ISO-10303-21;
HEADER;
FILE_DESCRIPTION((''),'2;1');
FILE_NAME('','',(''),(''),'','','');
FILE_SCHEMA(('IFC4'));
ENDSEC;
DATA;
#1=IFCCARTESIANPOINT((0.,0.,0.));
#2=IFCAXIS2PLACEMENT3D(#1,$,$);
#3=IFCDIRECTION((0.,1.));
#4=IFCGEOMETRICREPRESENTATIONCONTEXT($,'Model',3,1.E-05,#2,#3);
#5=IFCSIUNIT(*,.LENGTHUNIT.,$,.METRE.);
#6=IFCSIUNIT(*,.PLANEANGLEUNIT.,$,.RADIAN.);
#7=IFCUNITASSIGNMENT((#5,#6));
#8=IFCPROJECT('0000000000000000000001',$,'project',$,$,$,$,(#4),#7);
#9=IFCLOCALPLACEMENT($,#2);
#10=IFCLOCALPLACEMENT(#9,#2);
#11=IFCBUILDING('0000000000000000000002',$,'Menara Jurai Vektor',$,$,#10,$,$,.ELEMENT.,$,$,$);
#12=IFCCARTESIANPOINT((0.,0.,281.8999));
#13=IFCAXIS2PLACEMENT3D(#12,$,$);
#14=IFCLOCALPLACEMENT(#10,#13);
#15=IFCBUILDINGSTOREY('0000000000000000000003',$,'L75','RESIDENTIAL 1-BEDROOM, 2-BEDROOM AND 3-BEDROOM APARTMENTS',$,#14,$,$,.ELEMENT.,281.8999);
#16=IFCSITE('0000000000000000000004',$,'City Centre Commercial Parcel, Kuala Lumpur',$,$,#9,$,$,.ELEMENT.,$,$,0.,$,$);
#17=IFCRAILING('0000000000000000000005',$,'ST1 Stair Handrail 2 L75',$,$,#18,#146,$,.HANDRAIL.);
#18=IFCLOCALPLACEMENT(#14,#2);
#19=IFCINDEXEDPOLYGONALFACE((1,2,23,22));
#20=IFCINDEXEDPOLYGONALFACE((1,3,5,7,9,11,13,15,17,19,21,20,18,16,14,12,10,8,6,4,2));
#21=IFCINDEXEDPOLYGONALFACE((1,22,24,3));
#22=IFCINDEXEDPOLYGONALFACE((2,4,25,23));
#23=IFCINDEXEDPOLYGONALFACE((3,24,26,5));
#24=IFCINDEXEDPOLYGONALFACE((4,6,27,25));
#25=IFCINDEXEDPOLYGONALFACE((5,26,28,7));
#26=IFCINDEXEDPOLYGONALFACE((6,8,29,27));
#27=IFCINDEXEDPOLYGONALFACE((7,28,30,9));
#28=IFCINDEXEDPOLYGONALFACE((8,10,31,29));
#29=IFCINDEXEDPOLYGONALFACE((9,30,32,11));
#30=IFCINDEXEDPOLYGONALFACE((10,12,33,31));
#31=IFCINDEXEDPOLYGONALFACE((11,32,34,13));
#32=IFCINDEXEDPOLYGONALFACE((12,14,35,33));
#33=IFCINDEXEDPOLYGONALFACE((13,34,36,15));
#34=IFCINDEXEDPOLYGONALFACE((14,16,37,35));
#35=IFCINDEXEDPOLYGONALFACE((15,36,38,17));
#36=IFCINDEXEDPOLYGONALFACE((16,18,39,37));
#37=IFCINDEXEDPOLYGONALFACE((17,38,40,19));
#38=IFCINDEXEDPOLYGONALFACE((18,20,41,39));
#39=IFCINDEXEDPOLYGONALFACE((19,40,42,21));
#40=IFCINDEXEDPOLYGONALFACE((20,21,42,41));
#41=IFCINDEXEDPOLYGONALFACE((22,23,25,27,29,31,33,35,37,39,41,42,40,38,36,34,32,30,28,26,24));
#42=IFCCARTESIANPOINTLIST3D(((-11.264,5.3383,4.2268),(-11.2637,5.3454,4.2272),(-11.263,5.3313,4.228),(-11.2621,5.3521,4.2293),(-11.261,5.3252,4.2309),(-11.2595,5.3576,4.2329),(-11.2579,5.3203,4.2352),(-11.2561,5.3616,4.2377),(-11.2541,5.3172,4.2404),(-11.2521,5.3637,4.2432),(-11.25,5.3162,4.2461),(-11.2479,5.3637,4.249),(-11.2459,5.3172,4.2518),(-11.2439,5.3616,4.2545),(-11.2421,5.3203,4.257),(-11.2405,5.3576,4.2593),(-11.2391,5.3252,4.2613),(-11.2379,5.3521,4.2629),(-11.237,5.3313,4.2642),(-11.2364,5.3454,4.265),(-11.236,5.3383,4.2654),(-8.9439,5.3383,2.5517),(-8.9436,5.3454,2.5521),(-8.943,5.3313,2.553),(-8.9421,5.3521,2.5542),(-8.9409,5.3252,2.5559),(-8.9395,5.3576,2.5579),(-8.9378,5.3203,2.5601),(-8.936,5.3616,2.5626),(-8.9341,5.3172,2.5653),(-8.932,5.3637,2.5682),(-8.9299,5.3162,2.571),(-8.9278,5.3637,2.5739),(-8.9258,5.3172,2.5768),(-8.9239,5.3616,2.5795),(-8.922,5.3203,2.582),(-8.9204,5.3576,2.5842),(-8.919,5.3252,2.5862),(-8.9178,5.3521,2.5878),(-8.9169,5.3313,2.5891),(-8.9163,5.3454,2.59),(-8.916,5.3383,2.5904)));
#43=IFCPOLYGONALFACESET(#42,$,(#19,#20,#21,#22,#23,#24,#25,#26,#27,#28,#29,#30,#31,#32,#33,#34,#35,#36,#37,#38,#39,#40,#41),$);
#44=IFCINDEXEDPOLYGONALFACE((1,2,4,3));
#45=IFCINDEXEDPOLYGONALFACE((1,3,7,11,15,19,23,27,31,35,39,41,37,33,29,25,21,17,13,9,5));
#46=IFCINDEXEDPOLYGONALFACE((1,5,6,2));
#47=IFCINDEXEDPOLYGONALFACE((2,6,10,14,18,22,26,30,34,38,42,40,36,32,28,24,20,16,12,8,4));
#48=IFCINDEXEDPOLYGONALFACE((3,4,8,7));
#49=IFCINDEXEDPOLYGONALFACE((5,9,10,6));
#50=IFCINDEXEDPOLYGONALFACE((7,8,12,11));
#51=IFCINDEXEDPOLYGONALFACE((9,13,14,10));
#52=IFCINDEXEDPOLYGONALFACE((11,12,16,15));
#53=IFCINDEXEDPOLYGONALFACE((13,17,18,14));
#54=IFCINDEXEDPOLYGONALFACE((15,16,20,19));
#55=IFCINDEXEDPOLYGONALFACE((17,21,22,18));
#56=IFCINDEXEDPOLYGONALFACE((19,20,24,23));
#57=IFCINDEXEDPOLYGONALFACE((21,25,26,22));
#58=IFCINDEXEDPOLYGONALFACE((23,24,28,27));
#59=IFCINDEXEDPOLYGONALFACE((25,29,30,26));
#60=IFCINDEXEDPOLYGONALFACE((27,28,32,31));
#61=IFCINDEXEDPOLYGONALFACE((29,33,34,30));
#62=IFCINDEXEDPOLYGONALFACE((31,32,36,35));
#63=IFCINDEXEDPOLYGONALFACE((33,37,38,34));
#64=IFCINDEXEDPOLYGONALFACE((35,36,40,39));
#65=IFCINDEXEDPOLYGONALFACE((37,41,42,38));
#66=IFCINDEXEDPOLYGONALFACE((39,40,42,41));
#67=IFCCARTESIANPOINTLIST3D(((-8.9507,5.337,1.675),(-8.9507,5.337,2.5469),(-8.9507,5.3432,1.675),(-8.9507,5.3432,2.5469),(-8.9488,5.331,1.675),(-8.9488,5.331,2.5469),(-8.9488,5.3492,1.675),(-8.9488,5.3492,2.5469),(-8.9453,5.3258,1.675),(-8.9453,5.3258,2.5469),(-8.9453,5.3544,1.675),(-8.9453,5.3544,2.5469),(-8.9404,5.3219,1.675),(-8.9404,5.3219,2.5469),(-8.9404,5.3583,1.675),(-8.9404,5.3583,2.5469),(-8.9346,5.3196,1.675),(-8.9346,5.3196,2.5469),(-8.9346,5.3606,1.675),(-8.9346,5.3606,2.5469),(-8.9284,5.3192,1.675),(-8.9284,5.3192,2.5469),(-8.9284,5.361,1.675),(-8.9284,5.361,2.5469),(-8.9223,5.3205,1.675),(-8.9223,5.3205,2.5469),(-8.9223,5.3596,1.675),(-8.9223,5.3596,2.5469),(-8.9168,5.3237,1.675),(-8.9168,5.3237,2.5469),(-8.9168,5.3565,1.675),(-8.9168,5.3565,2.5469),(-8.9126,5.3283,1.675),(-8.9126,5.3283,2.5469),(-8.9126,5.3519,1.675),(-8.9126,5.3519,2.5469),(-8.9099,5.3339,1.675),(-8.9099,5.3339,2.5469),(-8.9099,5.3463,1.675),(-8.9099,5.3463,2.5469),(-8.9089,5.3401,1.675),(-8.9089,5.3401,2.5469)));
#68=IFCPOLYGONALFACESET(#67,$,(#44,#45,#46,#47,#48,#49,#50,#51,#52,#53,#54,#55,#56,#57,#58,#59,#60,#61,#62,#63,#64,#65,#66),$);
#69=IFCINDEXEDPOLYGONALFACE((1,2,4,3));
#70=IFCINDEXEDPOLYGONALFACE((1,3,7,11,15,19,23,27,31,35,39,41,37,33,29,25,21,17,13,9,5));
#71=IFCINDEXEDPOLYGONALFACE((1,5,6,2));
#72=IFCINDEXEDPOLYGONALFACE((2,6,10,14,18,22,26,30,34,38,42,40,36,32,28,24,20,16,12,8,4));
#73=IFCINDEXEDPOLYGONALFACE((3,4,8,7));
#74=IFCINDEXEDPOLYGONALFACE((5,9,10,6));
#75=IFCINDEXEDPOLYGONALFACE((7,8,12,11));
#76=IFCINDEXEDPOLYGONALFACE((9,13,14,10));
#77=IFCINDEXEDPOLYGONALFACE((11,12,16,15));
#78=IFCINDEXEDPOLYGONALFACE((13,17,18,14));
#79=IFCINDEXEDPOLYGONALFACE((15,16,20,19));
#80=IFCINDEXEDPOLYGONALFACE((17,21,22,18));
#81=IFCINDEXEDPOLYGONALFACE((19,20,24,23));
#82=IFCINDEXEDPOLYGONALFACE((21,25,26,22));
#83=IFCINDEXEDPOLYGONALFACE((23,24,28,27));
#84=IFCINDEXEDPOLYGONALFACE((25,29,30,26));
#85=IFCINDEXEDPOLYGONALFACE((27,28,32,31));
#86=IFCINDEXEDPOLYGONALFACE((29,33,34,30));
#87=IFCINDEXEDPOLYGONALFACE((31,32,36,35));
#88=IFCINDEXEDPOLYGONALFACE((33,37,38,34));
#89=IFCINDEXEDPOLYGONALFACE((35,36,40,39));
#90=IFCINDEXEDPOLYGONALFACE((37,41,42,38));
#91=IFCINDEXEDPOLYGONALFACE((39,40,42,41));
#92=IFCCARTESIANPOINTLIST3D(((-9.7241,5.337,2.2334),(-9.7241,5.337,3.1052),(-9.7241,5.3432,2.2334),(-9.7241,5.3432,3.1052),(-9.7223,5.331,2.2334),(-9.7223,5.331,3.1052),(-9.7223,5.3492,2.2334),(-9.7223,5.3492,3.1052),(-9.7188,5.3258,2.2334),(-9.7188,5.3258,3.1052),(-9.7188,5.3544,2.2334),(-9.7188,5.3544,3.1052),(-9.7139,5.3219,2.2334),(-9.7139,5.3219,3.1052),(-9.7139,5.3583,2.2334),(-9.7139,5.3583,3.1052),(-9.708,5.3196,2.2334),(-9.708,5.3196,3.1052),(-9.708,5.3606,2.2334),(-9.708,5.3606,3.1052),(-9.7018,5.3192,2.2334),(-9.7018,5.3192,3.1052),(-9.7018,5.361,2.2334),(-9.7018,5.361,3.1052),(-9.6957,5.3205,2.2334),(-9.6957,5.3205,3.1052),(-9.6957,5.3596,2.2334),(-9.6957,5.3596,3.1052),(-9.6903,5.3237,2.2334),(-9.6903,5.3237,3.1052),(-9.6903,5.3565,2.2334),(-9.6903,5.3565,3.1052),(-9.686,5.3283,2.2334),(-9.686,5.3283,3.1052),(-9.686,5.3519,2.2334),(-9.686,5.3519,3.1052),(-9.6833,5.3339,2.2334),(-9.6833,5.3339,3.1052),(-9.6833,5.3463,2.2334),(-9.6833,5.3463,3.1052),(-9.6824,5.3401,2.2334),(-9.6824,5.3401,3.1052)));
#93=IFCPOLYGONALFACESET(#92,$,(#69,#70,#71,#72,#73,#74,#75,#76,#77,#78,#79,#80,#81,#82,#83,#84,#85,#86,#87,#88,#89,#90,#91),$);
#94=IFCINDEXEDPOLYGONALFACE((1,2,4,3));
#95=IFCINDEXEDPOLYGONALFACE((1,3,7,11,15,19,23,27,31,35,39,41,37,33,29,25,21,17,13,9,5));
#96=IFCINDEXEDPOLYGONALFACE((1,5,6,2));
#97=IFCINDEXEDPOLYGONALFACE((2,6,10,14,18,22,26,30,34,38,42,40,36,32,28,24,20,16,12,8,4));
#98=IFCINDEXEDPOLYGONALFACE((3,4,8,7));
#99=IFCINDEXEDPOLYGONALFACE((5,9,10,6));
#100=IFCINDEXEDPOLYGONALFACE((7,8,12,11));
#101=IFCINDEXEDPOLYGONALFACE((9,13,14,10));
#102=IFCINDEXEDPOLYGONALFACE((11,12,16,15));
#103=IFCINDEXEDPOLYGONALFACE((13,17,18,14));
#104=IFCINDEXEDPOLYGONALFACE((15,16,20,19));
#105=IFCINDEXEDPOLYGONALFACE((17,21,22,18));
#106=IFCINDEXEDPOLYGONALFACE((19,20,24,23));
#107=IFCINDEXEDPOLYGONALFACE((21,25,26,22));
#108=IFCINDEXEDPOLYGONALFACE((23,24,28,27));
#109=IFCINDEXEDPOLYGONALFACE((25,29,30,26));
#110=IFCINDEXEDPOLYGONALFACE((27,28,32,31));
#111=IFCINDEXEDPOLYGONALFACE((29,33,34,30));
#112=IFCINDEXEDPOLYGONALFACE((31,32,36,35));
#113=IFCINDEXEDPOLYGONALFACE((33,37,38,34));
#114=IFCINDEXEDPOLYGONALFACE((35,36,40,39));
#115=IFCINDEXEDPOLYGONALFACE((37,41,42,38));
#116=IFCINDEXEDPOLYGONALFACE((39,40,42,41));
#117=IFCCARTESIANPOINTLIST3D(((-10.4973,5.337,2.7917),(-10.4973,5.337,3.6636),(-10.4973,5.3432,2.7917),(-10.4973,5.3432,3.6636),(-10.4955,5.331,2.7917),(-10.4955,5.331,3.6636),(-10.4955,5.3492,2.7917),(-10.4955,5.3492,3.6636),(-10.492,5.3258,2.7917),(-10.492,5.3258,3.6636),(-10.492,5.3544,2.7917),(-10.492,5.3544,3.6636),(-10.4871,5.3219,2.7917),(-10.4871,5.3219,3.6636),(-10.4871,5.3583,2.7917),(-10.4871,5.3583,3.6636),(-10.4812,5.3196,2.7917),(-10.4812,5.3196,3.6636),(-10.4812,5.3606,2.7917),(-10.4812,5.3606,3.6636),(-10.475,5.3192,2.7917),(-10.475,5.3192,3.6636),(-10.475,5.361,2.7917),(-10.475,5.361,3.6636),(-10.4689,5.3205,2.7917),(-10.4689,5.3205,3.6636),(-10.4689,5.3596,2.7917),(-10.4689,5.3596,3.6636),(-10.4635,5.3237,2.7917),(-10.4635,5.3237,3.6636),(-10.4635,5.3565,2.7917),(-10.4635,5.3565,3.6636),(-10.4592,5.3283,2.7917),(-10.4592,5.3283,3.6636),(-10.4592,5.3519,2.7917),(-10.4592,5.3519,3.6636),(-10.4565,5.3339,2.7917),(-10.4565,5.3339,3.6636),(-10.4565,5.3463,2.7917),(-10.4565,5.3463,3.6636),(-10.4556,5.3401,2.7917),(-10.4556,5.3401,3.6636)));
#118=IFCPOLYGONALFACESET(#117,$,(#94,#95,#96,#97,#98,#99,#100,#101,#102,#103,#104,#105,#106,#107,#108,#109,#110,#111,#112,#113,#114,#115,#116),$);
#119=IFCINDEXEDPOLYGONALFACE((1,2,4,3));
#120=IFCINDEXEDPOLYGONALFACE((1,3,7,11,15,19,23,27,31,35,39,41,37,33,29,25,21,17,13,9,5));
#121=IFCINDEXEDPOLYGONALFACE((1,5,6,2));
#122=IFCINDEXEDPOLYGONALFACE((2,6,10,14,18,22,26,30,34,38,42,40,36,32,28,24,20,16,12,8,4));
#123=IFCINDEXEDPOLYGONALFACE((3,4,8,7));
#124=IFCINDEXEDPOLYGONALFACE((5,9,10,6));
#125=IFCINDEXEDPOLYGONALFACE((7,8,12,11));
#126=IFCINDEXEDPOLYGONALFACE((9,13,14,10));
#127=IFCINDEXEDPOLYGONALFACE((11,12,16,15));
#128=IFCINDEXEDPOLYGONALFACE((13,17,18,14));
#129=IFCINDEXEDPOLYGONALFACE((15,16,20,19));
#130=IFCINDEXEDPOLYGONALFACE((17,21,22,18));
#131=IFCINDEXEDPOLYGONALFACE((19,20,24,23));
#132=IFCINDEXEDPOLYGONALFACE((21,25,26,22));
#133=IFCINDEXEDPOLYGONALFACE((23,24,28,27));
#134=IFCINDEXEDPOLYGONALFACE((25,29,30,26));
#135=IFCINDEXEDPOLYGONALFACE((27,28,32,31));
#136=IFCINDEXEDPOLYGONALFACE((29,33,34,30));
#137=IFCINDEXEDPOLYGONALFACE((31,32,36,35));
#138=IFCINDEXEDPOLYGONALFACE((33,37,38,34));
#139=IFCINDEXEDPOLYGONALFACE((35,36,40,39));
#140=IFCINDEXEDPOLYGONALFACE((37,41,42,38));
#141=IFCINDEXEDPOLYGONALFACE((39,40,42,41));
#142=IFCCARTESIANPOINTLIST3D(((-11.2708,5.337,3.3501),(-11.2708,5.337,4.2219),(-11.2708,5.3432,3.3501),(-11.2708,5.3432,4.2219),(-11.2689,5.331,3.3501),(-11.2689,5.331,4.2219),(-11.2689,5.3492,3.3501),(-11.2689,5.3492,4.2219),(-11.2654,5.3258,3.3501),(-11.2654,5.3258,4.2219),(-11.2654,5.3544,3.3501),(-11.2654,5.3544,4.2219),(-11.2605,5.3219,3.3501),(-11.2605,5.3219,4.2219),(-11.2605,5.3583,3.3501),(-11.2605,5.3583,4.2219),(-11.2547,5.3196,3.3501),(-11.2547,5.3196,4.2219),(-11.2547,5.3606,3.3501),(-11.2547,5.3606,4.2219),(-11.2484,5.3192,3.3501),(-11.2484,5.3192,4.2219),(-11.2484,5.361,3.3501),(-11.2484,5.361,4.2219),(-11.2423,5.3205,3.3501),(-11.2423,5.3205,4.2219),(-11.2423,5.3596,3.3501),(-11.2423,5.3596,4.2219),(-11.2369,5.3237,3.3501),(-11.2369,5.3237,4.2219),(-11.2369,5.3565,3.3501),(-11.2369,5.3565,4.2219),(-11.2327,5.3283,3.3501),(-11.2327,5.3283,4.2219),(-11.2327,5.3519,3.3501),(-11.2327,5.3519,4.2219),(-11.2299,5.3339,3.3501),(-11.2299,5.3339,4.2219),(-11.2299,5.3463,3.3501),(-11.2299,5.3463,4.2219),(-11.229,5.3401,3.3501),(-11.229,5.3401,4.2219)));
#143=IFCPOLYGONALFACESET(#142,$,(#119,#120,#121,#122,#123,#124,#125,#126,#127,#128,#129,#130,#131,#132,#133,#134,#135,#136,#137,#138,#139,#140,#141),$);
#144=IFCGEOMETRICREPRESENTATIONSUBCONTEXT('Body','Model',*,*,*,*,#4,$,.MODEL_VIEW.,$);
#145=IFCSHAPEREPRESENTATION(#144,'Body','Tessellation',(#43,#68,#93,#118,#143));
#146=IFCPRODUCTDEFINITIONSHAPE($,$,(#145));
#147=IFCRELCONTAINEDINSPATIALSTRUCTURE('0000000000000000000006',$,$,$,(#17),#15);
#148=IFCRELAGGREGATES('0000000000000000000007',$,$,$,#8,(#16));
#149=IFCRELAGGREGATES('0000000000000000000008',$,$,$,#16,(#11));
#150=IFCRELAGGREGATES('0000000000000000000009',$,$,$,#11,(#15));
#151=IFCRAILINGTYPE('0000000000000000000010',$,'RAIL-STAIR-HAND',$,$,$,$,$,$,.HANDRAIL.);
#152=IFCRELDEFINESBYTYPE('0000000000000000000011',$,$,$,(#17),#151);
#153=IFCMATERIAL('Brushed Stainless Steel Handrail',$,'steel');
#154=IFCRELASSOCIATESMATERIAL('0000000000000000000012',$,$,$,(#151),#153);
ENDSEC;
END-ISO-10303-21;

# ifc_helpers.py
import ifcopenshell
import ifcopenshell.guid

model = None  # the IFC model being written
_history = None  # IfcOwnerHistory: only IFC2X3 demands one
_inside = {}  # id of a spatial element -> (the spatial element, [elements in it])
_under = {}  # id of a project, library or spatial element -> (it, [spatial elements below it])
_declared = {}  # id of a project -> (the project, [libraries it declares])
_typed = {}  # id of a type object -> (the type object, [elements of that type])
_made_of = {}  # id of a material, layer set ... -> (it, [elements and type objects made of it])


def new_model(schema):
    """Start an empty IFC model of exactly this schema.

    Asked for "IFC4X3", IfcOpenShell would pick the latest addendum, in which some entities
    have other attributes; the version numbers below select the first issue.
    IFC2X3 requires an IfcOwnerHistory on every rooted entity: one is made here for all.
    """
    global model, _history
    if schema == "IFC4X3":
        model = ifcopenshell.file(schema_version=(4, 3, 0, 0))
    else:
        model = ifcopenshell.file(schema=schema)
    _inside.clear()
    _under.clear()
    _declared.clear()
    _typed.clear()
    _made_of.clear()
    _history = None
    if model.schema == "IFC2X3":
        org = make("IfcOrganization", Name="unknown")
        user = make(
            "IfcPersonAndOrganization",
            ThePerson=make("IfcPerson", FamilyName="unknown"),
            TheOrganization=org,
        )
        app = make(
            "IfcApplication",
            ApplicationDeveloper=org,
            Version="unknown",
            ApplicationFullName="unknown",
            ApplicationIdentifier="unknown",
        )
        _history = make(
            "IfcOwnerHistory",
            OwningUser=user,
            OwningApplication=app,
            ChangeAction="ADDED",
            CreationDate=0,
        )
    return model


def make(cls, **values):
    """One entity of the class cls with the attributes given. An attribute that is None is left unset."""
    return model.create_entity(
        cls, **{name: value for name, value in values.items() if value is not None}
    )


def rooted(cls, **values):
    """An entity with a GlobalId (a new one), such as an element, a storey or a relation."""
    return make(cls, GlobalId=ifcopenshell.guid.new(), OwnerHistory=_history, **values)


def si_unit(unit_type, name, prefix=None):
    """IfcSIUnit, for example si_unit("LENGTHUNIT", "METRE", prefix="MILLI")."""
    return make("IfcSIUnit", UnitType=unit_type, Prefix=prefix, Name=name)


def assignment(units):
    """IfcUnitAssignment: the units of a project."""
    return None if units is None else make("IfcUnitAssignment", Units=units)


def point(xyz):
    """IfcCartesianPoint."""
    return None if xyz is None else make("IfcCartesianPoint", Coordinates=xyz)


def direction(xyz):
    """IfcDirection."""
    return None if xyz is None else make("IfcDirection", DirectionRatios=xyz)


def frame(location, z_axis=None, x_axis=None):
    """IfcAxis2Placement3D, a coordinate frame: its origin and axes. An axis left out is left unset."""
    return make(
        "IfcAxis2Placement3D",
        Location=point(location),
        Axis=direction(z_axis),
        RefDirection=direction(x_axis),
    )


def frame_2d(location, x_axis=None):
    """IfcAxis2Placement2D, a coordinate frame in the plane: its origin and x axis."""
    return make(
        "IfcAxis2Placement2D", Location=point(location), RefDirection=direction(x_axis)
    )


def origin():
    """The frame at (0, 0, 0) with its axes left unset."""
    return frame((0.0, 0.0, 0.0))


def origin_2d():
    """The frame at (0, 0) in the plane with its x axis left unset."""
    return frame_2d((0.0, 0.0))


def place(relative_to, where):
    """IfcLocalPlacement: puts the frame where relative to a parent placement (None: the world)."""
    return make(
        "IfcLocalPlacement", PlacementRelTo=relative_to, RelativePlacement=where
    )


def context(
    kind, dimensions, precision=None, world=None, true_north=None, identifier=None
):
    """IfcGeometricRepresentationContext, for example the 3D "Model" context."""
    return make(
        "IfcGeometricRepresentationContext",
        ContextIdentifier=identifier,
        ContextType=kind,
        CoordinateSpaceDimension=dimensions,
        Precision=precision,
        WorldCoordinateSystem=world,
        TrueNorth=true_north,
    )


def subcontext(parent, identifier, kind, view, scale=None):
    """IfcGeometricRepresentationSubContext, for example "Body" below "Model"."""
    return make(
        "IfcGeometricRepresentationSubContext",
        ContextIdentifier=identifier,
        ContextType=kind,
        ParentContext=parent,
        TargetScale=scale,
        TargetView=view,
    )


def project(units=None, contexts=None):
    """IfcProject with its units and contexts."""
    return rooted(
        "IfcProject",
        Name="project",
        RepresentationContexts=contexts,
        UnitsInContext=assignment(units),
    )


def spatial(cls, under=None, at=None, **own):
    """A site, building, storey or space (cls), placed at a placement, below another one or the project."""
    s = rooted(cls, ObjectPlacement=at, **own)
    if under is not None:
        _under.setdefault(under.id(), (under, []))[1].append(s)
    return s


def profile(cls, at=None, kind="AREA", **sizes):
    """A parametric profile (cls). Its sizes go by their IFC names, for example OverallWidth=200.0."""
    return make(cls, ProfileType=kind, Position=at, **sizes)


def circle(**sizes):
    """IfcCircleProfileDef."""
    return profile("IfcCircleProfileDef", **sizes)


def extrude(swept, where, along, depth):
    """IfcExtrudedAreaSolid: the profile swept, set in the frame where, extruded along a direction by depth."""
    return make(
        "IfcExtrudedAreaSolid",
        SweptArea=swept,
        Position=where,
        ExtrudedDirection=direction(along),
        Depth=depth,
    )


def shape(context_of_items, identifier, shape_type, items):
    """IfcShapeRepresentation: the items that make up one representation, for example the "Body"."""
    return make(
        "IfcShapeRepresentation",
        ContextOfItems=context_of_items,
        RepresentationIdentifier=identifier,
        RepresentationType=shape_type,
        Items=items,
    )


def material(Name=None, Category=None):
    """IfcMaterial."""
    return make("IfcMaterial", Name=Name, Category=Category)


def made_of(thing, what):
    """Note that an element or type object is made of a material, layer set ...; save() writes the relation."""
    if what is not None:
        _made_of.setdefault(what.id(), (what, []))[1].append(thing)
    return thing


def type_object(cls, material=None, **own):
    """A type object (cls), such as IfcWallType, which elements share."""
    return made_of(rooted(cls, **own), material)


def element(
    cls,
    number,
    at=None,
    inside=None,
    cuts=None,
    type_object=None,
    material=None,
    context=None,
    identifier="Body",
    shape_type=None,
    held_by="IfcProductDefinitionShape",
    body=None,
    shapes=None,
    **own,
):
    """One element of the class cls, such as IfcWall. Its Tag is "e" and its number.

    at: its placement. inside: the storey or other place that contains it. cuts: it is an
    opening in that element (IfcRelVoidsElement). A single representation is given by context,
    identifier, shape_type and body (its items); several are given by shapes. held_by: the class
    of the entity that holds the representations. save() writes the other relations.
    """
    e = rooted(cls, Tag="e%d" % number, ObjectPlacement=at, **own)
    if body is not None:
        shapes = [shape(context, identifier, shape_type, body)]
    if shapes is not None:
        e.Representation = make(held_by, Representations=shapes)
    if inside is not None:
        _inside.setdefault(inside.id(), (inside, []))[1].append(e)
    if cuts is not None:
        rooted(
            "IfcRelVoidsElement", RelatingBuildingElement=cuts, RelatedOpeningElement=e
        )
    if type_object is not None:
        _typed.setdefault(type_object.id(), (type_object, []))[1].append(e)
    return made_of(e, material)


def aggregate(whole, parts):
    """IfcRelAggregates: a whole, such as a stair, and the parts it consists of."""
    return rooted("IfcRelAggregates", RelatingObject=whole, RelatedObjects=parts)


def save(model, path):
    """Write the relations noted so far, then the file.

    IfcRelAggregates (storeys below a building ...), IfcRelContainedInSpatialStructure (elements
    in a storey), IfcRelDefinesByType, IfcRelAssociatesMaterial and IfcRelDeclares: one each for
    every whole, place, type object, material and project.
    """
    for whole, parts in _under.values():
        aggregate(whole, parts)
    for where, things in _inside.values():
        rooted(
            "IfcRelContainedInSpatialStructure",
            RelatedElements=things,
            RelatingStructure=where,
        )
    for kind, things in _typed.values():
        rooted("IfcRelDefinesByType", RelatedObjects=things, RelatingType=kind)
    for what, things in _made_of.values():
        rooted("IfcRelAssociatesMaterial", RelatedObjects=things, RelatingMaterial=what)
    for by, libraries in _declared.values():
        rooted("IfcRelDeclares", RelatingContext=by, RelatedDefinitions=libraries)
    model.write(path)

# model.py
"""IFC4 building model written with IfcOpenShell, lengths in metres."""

from ifc_helpers import new_model, si_unit, direction, frame, origin, origin_2d, place, context, subcontext, project, spatial, circle, extrude, material, type_object, element, save


model = new_model("IFC4")

# Units and contexts
model_context = context("Model", 3, precision=1e-05, world=origin(), true_north=direction((0.0, 1.0)))
body_context = subcontext(model_context, "Body", "Model", "MODEL_VIEW")
ifc_project = project(units=[si_unit("LENGTHUNIT", "METRE"), si_unit("PLANEANGLEUNIT", "RADIAN")], contexts=[model_context])

# Site, building, storey
site_placement = place(None, origin())
site = spatial("IfcSite", under=ifc_project, at=site_placement, Name="City Centre Commercial Parcel, Kuala Lumpur", CompositionType="ELEMENT", RefElevation=0.0)
building_placement = place(site_placement, origin())
building = spatial("IfcBuilding", under=site, at=building_placement, Name="Menara Jurai Vektor", CompositionType="ELEMENT")
storey_placement = place(building_placement, frame((0.0, 0.0, 281.8999)))
storey = spatial("IfcBuildingStorey", under=building, at=storey_placement, Name="L75", Description="RESIDENTIAL 1-BEDROOM, 2-BEDROOM AND 3-BEDROOM APARTMENTS", CompositionType="ELEMENT", Elevation=281.8999)

# Railing
ifc_material_1 = material(Name="Brushed Stainless Steel Handrail", Category="steel")
railing_type_1 = type_object("IfcRailingType", Name="RAIL-STAIR-HAND", PredefinedType="HANDRAIL", material=ifc_material_1)
railing_1_placement = place(storey_placement, frame((-8.9299, 5.3401, 1.675)))
element("IfcRailing", 1, at=railing_1_placement, inside=storey, type_object=railing_type_1, Name="ST1 Stair Handrail 2 L75", PredefinedType="HANDRAIL", context=body_context, shape_type="SweptSolid", body=[
    extrude(circle(Radius=0.0239, at=origin_2d()), frame((0.0, 0.0, 0.896), z_axis=(-0.810771, 0.0, 0.585363), x_axis=(0.0, -1.0, 0.0)), (0.0, 0.0, 1.0), 2.8616),
    extrude(circle(Radius=0.021, at=origin_2d()), origin(), (0.0, 0.0, 1.0), 0.8718),
    extrude(circle(Radius=0.021, at=origin_2d()), frame((-0.7734, 0.0, 0.5583)), (0.0, 0.0, 1.0), 0.8718),
    extrude(circle(Radius=0.021, at=origin_2d()), frame((-1.5466, 0.0, 1.1167)), (0.0, 0.0, 1.0), 0.8718),
    extrude(circle(Radius=0.021, at=origin_2d()), frame((-2.3201, 0.0, 1.675)), (0.0, 0.0, 1.0), 0.8718),
])

save(model, "model.ifc")
